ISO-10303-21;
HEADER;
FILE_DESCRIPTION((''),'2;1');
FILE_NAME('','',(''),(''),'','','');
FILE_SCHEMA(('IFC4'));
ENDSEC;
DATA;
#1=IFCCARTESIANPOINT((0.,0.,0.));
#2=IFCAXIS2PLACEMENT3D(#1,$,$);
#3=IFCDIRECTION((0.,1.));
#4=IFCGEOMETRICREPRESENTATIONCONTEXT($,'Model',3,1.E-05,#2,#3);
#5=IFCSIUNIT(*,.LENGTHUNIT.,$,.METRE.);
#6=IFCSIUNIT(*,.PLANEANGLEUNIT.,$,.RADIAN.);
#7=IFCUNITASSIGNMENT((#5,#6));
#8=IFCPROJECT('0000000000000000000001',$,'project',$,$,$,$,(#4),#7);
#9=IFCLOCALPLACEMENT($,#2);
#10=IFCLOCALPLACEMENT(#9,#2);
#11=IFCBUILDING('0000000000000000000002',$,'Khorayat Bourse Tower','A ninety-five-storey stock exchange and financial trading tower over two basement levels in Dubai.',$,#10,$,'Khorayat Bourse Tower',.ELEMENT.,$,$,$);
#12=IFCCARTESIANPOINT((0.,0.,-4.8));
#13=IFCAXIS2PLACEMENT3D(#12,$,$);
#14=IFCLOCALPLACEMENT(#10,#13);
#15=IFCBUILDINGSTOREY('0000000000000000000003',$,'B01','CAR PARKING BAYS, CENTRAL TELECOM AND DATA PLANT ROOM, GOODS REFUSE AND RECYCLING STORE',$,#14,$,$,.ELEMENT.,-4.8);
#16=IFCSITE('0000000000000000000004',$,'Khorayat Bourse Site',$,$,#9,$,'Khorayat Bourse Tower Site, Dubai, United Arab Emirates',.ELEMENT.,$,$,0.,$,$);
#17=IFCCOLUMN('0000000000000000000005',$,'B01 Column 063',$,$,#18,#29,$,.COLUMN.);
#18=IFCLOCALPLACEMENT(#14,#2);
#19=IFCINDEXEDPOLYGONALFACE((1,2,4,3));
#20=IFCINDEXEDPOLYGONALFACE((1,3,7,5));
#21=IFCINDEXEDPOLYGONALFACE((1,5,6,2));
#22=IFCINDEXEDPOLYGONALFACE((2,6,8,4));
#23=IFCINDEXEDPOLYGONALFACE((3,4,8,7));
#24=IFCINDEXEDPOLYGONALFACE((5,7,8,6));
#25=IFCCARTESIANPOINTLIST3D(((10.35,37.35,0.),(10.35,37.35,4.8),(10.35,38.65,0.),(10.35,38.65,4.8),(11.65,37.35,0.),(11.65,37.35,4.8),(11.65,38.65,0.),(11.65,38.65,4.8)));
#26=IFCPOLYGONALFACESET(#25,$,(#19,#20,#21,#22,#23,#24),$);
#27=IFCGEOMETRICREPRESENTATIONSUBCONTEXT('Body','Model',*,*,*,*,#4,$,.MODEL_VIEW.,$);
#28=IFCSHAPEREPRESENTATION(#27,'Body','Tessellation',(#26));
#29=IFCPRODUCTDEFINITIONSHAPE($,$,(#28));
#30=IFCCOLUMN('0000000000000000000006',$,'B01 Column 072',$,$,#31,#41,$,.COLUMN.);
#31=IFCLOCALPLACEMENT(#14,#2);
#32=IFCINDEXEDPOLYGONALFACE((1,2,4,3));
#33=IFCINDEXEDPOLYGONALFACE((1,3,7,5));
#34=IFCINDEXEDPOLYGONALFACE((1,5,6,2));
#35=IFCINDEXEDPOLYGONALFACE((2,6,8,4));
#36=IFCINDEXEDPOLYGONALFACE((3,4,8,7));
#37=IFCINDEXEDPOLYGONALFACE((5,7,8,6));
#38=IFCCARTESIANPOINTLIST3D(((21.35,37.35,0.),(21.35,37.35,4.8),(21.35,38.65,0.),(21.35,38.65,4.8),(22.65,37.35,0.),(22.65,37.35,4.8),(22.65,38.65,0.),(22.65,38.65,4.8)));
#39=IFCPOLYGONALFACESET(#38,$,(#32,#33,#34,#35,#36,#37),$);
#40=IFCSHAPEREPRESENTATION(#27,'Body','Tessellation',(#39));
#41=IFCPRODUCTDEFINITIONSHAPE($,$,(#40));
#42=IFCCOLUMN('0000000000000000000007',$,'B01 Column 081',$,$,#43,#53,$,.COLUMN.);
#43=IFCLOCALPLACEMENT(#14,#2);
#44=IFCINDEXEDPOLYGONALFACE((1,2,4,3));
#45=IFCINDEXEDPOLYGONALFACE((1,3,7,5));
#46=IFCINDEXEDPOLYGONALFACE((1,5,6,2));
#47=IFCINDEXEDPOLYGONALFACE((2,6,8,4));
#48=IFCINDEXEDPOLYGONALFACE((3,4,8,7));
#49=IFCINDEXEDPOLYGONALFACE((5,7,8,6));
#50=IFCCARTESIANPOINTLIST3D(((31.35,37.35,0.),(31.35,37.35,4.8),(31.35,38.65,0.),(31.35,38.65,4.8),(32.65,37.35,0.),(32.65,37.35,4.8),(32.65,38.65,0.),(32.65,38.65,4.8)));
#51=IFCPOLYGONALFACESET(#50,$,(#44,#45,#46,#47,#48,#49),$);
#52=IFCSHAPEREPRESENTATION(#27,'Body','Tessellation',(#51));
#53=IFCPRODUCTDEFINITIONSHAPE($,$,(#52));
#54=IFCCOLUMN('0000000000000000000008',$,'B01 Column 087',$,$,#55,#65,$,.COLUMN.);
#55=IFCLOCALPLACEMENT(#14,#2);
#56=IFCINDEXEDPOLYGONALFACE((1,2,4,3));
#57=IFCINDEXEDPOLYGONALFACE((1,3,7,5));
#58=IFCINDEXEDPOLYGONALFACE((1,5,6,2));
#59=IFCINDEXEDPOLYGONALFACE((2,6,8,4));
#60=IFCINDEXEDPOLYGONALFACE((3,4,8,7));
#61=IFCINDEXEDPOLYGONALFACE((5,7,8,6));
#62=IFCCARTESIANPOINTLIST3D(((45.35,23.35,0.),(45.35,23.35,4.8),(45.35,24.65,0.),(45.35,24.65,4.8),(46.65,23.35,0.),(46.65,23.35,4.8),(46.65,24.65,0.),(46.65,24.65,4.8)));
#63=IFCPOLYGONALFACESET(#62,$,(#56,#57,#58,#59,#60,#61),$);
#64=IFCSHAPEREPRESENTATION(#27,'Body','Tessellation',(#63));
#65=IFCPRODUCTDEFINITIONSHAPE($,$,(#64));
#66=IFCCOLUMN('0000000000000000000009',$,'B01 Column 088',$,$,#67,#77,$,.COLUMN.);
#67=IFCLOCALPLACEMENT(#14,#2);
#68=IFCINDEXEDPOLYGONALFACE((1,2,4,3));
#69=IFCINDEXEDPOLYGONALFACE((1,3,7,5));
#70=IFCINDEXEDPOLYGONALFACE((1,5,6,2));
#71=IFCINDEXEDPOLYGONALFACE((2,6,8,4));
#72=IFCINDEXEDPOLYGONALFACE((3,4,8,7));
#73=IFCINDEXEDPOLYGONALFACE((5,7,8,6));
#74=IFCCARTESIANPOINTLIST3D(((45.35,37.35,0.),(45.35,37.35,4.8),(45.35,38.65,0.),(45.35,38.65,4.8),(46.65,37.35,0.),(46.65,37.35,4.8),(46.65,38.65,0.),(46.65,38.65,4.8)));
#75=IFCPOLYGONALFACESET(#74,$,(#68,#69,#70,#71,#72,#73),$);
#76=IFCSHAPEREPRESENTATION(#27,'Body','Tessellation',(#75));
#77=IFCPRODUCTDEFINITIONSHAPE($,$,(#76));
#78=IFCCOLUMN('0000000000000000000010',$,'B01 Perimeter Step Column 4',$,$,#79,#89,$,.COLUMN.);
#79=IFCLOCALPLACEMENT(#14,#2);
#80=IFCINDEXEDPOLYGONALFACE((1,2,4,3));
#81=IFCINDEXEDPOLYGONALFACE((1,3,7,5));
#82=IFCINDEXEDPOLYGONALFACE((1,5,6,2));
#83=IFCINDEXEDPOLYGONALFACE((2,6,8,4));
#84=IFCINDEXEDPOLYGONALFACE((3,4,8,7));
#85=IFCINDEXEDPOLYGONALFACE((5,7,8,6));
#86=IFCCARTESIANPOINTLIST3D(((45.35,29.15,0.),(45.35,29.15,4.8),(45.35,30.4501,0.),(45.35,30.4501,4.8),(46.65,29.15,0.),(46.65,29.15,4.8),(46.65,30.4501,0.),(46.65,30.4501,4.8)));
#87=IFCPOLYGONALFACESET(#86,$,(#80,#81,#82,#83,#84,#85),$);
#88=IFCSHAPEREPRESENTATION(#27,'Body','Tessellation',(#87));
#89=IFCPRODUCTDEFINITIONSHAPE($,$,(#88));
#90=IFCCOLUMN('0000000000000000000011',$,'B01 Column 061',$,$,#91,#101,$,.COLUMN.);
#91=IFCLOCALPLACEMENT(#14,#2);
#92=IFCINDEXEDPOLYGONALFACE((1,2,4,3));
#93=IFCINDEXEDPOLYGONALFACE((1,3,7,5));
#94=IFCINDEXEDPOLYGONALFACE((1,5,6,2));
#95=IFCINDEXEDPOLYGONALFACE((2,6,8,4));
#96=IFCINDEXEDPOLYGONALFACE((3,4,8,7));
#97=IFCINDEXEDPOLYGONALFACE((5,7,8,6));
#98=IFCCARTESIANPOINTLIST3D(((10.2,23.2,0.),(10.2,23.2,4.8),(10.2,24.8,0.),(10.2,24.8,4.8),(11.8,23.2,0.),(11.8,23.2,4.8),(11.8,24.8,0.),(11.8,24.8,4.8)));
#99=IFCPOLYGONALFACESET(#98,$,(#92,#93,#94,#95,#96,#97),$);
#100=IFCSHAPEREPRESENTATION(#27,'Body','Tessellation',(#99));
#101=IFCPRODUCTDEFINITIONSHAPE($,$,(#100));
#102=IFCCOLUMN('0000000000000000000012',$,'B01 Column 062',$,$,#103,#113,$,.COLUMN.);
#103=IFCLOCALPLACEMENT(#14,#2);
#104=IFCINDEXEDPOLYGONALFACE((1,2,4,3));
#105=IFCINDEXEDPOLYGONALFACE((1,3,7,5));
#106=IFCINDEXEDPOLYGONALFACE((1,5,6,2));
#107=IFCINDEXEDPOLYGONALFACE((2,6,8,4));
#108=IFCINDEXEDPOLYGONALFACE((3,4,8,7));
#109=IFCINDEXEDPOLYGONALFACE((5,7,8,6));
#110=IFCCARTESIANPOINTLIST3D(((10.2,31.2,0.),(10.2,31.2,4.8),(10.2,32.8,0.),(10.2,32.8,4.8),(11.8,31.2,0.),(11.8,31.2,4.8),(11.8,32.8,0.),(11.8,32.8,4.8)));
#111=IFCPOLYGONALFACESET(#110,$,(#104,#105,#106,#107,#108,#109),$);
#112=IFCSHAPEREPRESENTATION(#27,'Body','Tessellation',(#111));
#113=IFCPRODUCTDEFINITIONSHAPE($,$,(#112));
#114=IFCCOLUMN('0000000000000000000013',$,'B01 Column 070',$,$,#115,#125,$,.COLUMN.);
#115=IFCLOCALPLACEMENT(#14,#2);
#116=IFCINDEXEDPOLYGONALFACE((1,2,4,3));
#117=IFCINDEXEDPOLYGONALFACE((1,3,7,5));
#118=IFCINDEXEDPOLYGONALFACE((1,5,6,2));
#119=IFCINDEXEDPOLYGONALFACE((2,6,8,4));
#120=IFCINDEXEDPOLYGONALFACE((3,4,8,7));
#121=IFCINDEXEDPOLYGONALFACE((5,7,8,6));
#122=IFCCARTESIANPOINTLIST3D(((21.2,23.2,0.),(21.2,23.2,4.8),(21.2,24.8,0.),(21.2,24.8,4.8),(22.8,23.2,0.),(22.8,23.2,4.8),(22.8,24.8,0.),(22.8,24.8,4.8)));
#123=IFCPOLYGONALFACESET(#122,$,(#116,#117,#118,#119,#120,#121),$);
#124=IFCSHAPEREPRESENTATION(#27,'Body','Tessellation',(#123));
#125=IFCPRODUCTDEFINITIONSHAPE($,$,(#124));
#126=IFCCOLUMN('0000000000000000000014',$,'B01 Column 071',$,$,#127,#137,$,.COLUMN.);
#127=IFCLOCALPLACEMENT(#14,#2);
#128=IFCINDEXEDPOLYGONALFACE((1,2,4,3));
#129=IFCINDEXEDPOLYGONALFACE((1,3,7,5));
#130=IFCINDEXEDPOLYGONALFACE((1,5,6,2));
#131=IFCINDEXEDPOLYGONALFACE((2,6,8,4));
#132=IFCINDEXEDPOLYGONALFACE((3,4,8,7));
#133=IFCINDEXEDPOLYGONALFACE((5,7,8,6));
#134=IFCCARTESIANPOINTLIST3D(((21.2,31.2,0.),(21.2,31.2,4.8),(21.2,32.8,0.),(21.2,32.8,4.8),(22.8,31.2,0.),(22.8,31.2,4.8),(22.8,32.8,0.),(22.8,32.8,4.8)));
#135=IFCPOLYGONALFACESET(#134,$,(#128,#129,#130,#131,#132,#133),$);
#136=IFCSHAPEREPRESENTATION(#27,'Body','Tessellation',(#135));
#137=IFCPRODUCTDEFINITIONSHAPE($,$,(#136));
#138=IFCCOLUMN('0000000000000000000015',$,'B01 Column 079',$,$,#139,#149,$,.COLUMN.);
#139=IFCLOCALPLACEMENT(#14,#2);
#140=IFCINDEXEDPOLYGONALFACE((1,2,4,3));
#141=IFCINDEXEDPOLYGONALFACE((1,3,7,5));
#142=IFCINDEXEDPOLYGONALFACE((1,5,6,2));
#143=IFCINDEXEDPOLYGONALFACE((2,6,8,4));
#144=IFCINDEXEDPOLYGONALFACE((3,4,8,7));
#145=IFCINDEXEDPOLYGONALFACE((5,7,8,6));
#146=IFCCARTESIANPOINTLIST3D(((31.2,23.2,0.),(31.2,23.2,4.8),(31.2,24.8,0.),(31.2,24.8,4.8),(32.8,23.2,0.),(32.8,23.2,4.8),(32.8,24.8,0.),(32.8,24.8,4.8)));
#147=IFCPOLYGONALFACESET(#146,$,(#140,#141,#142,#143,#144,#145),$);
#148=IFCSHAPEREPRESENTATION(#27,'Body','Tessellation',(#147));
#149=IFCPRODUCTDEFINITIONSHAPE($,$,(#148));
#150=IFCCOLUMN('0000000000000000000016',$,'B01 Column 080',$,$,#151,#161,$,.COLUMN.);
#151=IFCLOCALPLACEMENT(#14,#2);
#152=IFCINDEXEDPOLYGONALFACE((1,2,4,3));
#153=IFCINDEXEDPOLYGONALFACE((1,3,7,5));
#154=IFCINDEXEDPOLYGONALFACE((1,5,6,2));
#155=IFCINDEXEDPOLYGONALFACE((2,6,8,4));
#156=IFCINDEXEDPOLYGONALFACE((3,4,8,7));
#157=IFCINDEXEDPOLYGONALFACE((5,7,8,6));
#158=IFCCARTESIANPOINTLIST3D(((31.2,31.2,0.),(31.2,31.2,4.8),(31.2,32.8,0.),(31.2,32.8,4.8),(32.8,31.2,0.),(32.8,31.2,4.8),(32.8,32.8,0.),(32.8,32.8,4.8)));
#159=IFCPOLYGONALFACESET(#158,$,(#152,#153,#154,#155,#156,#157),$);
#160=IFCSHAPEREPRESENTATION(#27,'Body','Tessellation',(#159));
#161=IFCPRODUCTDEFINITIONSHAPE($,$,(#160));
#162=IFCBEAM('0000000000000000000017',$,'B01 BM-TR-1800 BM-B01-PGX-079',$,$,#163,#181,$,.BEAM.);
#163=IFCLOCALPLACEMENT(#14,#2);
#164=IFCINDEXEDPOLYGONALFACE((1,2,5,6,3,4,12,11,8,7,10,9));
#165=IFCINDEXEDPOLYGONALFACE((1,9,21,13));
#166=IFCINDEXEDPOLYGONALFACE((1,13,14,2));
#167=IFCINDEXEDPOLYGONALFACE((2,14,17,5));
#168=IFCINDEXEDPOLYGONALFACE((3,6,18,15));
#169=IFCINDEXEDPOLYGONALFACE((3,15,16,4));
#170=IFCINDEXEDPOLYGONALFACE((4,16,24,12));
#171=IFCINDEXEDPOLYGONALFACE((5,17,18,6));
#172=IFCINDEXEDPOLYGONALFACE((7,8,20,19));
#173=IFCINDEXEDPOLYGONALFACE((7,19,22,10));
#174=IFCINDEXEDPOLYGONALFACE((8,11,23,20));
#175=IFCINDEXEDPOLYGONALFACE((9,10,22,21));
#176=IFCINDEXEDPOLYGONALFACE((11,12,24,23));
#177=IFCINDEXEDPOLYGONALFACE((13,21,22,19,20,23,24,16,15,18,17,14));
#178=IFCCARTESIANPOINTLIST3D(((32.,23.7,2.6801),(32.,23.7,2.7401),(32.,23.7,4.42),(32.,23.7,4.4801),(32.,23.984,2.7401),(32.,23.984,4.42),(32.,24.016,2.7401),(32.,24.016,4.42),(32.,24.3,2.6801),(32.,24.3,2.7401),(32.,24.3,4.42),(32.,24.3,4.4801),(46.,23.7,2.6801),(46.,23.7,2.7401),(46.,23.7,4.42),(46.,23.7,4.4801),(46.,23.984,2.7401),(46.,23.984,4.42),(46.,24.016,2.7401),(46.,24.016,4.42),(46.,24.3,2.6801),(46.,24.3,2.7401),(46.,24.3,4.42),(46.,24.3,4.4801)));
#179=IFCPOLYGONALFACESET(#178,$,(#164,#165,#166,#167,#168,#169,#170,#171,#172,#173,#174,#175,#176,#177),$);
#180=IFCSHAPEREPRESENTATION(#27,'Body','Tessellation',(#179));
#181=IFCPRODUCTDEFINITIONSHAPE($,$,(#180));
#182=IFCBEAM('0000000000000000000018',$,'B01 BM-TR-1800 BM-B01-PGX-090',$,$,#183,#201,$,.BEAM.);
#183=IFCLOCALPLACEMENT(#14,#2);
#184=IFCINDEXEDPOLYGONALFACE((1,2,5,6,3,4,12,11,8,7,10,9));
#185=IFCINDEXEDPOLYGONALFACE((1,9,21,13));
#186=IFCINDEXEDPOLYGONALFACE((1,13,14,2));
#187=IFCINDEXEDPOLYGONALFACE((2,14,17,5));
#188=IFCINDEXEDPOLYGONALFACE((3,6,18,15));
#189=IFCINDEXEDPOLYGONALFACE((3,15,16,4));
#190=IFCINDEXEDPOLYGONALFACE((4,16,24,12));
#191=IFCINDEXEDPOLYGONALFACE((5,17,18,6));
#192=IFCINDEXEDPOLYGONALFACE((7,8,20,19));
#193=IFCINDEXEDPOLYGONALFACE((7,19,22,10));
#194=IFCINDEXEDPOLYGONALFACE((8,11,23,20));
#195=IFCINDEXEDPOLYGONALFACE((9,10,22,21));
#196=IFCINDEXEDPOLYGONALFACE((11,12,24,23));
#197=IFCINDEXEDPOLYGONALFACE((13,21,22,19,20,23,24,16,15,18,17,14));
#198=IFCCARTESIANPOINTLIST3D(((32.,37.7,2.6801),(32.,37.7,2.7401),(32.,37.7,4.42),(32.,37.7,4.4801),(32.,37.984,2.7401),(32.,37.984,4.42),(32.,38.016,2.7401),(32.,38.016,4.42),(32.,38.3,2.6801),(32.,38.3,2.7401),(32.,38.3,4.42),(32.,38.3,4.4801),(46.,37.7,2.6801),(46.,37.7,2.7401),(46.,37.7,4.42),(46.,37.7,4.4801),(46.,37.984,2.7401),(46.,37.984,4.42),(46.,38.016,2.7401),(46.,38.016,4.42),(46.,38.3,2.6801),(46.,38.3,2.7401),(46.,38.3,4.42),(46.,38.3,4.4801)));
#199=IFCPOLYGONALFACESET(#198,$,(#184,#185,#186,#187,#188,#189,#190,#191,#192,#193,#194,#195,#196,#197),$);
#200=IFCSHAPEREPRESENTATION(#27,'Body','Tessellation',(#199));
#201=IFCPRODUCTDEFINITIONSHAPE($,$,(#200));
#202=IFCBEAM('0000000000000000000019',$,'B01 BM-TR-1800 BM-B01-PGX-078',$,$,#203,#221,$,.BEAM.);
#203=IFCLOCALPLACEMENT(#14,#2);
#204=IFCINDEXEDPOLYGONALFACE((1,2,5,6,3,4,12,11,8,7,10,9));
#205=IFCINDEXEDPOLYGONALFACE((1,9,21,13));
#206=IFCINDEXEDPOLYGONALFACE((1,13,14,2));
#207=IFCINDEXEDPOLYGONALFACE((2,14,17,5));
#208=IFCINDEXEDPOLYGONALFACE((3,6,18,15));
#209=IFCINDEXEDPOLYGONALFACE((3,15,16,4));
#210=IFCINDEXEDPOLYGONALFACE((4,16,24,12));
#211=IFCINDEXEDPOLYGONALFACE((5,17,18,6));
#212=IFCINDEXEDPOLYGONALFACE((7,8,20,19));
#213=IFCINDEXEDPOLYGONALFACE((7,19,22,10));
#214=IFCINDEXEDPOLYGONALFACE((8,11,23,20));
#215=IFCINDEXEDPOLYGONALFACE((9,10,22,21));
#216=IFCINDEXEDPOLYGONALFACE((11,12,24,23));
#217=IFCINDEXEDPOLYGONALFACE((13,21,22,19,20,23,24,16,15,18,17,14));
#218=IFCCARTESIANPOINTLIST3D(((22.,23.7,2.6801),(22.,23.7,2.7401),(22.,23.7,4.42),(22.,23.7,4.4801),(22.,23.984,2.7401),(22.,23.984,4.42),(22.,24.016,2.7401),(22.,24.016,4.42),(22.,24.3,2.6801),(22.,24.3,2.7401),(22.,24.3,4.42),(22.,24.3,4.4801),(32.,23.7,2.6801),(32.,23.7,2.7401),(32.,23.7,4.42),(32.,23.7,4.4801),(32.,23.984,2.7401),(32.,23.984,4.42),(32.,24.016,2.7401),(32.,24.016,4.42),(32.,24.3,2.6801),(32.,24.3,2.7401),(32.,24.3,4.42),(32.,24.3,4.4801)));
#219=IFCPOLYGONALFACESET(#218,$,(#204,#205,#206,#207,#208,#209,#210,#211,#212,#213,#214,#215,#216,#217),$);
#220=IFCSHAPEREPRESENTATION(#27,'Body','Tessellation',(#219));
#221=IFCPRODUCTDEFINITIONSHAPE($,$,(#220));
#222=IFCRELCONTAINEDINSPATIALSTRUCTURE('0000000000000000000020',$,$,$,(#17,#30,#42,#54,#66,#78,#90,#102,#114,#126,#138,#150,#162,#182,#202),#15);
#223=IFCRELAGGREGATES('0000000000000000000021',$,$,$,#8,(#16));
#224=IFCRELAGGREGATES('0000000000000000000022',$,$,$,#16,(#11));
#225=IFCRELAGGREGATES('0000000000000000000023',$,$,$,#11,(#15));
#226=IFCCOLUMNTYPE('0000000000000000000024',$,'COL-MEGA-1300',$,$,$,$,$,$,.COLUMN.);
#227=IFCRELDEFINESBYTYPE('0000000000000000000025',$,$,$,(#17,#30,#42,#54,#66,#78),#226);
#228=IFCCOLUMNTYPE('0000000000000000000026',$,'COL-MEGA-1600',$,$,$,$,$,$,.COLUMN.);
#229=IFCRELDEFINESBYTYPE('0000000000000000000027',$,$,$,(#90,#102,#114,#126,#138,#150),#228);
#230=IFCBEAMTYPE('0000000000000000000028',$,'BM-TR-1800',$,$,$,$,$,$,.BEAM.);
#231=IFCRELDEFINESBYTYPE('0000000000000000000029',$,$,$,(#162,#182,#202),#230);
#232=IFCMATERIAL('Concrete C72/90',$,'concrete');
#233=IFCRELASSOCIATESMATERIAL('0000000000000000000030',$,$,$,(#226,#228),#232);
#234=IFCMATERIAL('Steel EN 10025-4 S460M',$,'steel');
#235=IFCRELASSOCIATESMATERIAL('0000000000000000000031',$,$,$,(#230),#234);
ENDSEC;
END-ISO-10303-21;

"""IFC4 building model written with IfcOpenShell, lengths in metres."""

from ifc_helpers import new_model, si_unit, direction, frame, origin, origin_2d, place, context, subcontext, project, spatial, rectangle, i_section, extrude, source, transform, mapped, material, material_profile, profile_set, type_object, element, save


model = new_model("IFC4")

# Units and contexts
model_context = context("Model", 3, precision=1e-05, world=origin(), true_north=direction((0.0, 1.0)))
body_context = subcontext(model_context, "Body", "Model", "MODEL_VIEW")
ifc_project = project(units=[si_unit("LENGTHUNIT", "METRE"), si_unit("PLANEANGLEUNIT", "RADIAN")], contexts=[model_context])

# Site, building, storey
site_placement = place(None, origin())
site = spatial("IfcSite", under=ifc_project, at=site_placement, Name="Khorayat Bourse Site", LongName="Khorayat Bourse Tower Site, Dubai, United Arab Emirates", CompositionType="ELEMENT", RefElevation=0.0)
building_placement = place(site_placement, origin())
building = spatial("IfcBuilding", under=site, at=building_placement, Name="Khorayat Bourse Tower", Description="A ninety-five-storey stock exchange and financial trading tower over two basement levels in Dubai.", LongName="Khorayat Bourse Tower", CompositionType="ELEMENT")
storey_placement = place(building_placement, frame((0.0, 0.0, -4.8)))
storey = spatial("IfcBuildingStorey", under=building, at=storey_placement, Name="B01", Description="CAR PARKING BAYS, CENTRAL TELECOM AND DATA PLANT ROOM, GOODS REFUSE AND RECYCLING STORE", CompositionType="ELEMENT", Elevation=-4.8)

# Columns
ifc_material_1 = material(Name="Concrete C72/90", Category="concrete")
ifc_material_profile_1 = material_profile(ifc_material_1, rectangle(XDim=1.3, YDim=1.3, at=origin_2d()), Name="RC 1300x1300")
ifc_profile_set_1 = profile_set([ifc_material_profile_1], Name="Concrete C72/90")
column_type_1 = type_object("IfcColumnType", Name="COL-MEGA-1300", PredefinedType="COLUMN", material=ifc_profile_set_1)
shared_shape_1 = source(origin(), body_context, "Body", "SweptSolid", [
    extrude(rectangle(XDim=1.3, YDim=1.3, at=origin_2d()), origin(), (0.0, 0.0, 1.0), 4.8),
])
for number, where, z_axis, x_axis, name in (
    (1, (11.0, 38.0, 0.0), (0.0, 0.0, 1.0), (1.0, 0.0, 0.0), "B01 Column 063"),
    (2, (22.0, 38.0, 0.0), (0.0, 0.0, 1.0), (1.0, 0.0, 0.0), "B01 Column 072"),
    (3, (32.0, 38.0, 0.0), (0.0, 0.0, 1.0), (1.0, 0.0, 0.0), "B01 Column 081"),
    (4, (46.0, 24.0, 0.0), (0.0, 0.0, 1.0), (1.0, 0.0, 0.0), "B01 Column 087"),
    (5, (46.0, 38.0, 0.0), (0.0, 0.0, 1.0), (1.0, 0.0, 0.0), "B01 Column 088"),
    (6, (46.0, 29.8, 0.0), (0.0, 0.0, 1.0), (1.0, 0.0, 0.0), "B01 Perimeter Step Column 4"),
):
    element("IfcColumn", number, at=place(storey_placement, frame(where, z_axis=z_axis, x_axis=x_axis)), inside=storey, type_object=column_type_1, Name=name, PredefinedType="COLUMN", context=body_context, shape_type="MappedRepresentation", body=[
        mapped(shared_shape_1, transform((0.0, 0.0, 0.0), scale=1.0)),
    ])
ifc_material_profile_2 = material_profile(ifc_material_1, rectangle(XDim=1.6001, YDim=1.6001, at=origin_2d()), Name="RC 1600x1600")
ifc_profile_set_2 = profile_set([ifc_material_profile_2], Name="Concrete C72/90")
column_type_2 = type_object("IfcColumnType", Name="COL-MEGA-1600", PredefinedType="COLUMN", material=ifc_profile_set_2)
shared_shape_2 = source(origin(), body_context, "Body", "SweptSolid", [
    extrude(rectangle(XDim=1.6001, YDim=1.6001, at=origin_2d()), origin(), (0.0, 0.0, 1.0), 4.8),
])
for number, where, z_axis, x_axis, name in (
    (7, (11.0, 24.0, 0.0), (0.0, 0.0, 1.0), (1.0, 0.0, 0.0), "B01 Column 061"),
    (8, (11.0, 32.0, 0.0), (0.0, 0.0, 1.0), (1.0, 0.0, 0.0), "B01 Column 062"),
    (9, (22.0, 24.0, 0.0), (0.0, 0.0, 1.0), (1.0, 0.0, 0.0), "B01 Column 070"),
    (10, (22.0, 32.0, 0.0), (0.0, 0.0, 1.0), (1.0, 0.0, 0.0), "B01 Column 071"),
    (11, (32.0, 24.0, 0.0), (0.0, 0.0, 1.0), (1.0, 0.0, 0.0), "B01 Column 079"),
    (12, (32.0, 32.0, 0.0), (0.0, 0.0, 1.0), (1.0, 0.0, 0.0), "B01 Column 080"),
):
    element("IfcColumn", number, at=place(storey_placement, frame(where, z_axis=z_axis, x_axis=x_axis)), inside=storey, type_object=column_type_2, Name=name, PredefinedType="COLUMN", context=body_context, shape_type="MappedRepresentation", body=[
        mapped(shared_shape_2, transform((0.0, 0.0, 0.0), scale=1.0)),
    ])

# Beams
ifc_material_2 = material(Name="Steel EN 10025-4 S460M", Category="steel")
ifc_material_profile_3 = material_profile(ifc_material_2, i_section(OverallWidth=0.6001, OverallDepth=1.8, WebThickness=0.032, FlangeThickness=0.0601, at=origin_2d()), Name="PG 1800x600x32x60")
ifc_profile_set_3 = profile_set([ifc_material_profile_3], Name="Steel EN 10025-4 S460M")
beam_type_1 = type_object("IfcBeamType", Name="BM-TR-1800", PredefinedType="BEAM", material=ifc_profile_set_3)
shared_shape_3 = source(origin(), body_context, "Body", "SweptSolid", [
    extrude(i_section(OverallWidth=0.6001, OverallDepth=1.8, WebThickness=0.032, FlangeThickness=0.0601, at=origin_2d()), origin(), (0.0, 0.0, 1.0), 14.0),
])
for number, where, z_axis, x_axis, name in (
    (13, (32.0, 24.0, 3.5801), (1.0, 0.0, 0.0), (0.0, 1.0, 0.0), "B01 BM-TR-1800 BM-B01-PGX-079"),
    (14, (32.0, 38.0, 3.5801), (1.0, 0.0, 0.0), (0.0, 1.0, 0.0), "B01 BM-TR-1800 BM-B01-PGX-090"),
):
    element("IfcBeam", number, at=place(storey_placement, frame(where, z_axis=z_axis, x_axis=x_axis)), inside=storey, type_object=beam_type_1, Name=name, PredefinedType="BEAM", context=body_context, shape_type="MappedRepresentation", body=[
        mapped(shared_shape_3, transform((0.0, 0.0, 0.0), scale=1.0)),
    ])
shared_shape_4 = source(origin(), body_context, "Body", "SweptSolid", [
    extrude(i_section(OverallWidth=0.6001, OverallDepth=1.8, WebThickness=0.032, FlangeThickness=0.0601, at=origin_2d()), origin(), (0.0, 0.0, 1.0), 10.0),
])
for number, where, z_axis, x_axis, name in (
    (15, (22.0, 24.0, 3.5801), (1.0, 0.0, 0.0), (0.0, 1.0, 0.0), "B01 BM-TR-1800 BM-B01-PGX-078"),
):
    element("IfcBeam", number, at=place(storey_placement, frame(where, z_axis=z_axis, x_axis=x_axis)), inside=storey, type_object=beam_type_1, Name=name, PredefinedType="BEAM", context=body_context, shape_type="MappedRepresentation", body=[
        mapped(shared_shape_4, transform((0.0, 0.0, 0.0), scale=1.0)),
    ])

save(model, "model.ifc")
